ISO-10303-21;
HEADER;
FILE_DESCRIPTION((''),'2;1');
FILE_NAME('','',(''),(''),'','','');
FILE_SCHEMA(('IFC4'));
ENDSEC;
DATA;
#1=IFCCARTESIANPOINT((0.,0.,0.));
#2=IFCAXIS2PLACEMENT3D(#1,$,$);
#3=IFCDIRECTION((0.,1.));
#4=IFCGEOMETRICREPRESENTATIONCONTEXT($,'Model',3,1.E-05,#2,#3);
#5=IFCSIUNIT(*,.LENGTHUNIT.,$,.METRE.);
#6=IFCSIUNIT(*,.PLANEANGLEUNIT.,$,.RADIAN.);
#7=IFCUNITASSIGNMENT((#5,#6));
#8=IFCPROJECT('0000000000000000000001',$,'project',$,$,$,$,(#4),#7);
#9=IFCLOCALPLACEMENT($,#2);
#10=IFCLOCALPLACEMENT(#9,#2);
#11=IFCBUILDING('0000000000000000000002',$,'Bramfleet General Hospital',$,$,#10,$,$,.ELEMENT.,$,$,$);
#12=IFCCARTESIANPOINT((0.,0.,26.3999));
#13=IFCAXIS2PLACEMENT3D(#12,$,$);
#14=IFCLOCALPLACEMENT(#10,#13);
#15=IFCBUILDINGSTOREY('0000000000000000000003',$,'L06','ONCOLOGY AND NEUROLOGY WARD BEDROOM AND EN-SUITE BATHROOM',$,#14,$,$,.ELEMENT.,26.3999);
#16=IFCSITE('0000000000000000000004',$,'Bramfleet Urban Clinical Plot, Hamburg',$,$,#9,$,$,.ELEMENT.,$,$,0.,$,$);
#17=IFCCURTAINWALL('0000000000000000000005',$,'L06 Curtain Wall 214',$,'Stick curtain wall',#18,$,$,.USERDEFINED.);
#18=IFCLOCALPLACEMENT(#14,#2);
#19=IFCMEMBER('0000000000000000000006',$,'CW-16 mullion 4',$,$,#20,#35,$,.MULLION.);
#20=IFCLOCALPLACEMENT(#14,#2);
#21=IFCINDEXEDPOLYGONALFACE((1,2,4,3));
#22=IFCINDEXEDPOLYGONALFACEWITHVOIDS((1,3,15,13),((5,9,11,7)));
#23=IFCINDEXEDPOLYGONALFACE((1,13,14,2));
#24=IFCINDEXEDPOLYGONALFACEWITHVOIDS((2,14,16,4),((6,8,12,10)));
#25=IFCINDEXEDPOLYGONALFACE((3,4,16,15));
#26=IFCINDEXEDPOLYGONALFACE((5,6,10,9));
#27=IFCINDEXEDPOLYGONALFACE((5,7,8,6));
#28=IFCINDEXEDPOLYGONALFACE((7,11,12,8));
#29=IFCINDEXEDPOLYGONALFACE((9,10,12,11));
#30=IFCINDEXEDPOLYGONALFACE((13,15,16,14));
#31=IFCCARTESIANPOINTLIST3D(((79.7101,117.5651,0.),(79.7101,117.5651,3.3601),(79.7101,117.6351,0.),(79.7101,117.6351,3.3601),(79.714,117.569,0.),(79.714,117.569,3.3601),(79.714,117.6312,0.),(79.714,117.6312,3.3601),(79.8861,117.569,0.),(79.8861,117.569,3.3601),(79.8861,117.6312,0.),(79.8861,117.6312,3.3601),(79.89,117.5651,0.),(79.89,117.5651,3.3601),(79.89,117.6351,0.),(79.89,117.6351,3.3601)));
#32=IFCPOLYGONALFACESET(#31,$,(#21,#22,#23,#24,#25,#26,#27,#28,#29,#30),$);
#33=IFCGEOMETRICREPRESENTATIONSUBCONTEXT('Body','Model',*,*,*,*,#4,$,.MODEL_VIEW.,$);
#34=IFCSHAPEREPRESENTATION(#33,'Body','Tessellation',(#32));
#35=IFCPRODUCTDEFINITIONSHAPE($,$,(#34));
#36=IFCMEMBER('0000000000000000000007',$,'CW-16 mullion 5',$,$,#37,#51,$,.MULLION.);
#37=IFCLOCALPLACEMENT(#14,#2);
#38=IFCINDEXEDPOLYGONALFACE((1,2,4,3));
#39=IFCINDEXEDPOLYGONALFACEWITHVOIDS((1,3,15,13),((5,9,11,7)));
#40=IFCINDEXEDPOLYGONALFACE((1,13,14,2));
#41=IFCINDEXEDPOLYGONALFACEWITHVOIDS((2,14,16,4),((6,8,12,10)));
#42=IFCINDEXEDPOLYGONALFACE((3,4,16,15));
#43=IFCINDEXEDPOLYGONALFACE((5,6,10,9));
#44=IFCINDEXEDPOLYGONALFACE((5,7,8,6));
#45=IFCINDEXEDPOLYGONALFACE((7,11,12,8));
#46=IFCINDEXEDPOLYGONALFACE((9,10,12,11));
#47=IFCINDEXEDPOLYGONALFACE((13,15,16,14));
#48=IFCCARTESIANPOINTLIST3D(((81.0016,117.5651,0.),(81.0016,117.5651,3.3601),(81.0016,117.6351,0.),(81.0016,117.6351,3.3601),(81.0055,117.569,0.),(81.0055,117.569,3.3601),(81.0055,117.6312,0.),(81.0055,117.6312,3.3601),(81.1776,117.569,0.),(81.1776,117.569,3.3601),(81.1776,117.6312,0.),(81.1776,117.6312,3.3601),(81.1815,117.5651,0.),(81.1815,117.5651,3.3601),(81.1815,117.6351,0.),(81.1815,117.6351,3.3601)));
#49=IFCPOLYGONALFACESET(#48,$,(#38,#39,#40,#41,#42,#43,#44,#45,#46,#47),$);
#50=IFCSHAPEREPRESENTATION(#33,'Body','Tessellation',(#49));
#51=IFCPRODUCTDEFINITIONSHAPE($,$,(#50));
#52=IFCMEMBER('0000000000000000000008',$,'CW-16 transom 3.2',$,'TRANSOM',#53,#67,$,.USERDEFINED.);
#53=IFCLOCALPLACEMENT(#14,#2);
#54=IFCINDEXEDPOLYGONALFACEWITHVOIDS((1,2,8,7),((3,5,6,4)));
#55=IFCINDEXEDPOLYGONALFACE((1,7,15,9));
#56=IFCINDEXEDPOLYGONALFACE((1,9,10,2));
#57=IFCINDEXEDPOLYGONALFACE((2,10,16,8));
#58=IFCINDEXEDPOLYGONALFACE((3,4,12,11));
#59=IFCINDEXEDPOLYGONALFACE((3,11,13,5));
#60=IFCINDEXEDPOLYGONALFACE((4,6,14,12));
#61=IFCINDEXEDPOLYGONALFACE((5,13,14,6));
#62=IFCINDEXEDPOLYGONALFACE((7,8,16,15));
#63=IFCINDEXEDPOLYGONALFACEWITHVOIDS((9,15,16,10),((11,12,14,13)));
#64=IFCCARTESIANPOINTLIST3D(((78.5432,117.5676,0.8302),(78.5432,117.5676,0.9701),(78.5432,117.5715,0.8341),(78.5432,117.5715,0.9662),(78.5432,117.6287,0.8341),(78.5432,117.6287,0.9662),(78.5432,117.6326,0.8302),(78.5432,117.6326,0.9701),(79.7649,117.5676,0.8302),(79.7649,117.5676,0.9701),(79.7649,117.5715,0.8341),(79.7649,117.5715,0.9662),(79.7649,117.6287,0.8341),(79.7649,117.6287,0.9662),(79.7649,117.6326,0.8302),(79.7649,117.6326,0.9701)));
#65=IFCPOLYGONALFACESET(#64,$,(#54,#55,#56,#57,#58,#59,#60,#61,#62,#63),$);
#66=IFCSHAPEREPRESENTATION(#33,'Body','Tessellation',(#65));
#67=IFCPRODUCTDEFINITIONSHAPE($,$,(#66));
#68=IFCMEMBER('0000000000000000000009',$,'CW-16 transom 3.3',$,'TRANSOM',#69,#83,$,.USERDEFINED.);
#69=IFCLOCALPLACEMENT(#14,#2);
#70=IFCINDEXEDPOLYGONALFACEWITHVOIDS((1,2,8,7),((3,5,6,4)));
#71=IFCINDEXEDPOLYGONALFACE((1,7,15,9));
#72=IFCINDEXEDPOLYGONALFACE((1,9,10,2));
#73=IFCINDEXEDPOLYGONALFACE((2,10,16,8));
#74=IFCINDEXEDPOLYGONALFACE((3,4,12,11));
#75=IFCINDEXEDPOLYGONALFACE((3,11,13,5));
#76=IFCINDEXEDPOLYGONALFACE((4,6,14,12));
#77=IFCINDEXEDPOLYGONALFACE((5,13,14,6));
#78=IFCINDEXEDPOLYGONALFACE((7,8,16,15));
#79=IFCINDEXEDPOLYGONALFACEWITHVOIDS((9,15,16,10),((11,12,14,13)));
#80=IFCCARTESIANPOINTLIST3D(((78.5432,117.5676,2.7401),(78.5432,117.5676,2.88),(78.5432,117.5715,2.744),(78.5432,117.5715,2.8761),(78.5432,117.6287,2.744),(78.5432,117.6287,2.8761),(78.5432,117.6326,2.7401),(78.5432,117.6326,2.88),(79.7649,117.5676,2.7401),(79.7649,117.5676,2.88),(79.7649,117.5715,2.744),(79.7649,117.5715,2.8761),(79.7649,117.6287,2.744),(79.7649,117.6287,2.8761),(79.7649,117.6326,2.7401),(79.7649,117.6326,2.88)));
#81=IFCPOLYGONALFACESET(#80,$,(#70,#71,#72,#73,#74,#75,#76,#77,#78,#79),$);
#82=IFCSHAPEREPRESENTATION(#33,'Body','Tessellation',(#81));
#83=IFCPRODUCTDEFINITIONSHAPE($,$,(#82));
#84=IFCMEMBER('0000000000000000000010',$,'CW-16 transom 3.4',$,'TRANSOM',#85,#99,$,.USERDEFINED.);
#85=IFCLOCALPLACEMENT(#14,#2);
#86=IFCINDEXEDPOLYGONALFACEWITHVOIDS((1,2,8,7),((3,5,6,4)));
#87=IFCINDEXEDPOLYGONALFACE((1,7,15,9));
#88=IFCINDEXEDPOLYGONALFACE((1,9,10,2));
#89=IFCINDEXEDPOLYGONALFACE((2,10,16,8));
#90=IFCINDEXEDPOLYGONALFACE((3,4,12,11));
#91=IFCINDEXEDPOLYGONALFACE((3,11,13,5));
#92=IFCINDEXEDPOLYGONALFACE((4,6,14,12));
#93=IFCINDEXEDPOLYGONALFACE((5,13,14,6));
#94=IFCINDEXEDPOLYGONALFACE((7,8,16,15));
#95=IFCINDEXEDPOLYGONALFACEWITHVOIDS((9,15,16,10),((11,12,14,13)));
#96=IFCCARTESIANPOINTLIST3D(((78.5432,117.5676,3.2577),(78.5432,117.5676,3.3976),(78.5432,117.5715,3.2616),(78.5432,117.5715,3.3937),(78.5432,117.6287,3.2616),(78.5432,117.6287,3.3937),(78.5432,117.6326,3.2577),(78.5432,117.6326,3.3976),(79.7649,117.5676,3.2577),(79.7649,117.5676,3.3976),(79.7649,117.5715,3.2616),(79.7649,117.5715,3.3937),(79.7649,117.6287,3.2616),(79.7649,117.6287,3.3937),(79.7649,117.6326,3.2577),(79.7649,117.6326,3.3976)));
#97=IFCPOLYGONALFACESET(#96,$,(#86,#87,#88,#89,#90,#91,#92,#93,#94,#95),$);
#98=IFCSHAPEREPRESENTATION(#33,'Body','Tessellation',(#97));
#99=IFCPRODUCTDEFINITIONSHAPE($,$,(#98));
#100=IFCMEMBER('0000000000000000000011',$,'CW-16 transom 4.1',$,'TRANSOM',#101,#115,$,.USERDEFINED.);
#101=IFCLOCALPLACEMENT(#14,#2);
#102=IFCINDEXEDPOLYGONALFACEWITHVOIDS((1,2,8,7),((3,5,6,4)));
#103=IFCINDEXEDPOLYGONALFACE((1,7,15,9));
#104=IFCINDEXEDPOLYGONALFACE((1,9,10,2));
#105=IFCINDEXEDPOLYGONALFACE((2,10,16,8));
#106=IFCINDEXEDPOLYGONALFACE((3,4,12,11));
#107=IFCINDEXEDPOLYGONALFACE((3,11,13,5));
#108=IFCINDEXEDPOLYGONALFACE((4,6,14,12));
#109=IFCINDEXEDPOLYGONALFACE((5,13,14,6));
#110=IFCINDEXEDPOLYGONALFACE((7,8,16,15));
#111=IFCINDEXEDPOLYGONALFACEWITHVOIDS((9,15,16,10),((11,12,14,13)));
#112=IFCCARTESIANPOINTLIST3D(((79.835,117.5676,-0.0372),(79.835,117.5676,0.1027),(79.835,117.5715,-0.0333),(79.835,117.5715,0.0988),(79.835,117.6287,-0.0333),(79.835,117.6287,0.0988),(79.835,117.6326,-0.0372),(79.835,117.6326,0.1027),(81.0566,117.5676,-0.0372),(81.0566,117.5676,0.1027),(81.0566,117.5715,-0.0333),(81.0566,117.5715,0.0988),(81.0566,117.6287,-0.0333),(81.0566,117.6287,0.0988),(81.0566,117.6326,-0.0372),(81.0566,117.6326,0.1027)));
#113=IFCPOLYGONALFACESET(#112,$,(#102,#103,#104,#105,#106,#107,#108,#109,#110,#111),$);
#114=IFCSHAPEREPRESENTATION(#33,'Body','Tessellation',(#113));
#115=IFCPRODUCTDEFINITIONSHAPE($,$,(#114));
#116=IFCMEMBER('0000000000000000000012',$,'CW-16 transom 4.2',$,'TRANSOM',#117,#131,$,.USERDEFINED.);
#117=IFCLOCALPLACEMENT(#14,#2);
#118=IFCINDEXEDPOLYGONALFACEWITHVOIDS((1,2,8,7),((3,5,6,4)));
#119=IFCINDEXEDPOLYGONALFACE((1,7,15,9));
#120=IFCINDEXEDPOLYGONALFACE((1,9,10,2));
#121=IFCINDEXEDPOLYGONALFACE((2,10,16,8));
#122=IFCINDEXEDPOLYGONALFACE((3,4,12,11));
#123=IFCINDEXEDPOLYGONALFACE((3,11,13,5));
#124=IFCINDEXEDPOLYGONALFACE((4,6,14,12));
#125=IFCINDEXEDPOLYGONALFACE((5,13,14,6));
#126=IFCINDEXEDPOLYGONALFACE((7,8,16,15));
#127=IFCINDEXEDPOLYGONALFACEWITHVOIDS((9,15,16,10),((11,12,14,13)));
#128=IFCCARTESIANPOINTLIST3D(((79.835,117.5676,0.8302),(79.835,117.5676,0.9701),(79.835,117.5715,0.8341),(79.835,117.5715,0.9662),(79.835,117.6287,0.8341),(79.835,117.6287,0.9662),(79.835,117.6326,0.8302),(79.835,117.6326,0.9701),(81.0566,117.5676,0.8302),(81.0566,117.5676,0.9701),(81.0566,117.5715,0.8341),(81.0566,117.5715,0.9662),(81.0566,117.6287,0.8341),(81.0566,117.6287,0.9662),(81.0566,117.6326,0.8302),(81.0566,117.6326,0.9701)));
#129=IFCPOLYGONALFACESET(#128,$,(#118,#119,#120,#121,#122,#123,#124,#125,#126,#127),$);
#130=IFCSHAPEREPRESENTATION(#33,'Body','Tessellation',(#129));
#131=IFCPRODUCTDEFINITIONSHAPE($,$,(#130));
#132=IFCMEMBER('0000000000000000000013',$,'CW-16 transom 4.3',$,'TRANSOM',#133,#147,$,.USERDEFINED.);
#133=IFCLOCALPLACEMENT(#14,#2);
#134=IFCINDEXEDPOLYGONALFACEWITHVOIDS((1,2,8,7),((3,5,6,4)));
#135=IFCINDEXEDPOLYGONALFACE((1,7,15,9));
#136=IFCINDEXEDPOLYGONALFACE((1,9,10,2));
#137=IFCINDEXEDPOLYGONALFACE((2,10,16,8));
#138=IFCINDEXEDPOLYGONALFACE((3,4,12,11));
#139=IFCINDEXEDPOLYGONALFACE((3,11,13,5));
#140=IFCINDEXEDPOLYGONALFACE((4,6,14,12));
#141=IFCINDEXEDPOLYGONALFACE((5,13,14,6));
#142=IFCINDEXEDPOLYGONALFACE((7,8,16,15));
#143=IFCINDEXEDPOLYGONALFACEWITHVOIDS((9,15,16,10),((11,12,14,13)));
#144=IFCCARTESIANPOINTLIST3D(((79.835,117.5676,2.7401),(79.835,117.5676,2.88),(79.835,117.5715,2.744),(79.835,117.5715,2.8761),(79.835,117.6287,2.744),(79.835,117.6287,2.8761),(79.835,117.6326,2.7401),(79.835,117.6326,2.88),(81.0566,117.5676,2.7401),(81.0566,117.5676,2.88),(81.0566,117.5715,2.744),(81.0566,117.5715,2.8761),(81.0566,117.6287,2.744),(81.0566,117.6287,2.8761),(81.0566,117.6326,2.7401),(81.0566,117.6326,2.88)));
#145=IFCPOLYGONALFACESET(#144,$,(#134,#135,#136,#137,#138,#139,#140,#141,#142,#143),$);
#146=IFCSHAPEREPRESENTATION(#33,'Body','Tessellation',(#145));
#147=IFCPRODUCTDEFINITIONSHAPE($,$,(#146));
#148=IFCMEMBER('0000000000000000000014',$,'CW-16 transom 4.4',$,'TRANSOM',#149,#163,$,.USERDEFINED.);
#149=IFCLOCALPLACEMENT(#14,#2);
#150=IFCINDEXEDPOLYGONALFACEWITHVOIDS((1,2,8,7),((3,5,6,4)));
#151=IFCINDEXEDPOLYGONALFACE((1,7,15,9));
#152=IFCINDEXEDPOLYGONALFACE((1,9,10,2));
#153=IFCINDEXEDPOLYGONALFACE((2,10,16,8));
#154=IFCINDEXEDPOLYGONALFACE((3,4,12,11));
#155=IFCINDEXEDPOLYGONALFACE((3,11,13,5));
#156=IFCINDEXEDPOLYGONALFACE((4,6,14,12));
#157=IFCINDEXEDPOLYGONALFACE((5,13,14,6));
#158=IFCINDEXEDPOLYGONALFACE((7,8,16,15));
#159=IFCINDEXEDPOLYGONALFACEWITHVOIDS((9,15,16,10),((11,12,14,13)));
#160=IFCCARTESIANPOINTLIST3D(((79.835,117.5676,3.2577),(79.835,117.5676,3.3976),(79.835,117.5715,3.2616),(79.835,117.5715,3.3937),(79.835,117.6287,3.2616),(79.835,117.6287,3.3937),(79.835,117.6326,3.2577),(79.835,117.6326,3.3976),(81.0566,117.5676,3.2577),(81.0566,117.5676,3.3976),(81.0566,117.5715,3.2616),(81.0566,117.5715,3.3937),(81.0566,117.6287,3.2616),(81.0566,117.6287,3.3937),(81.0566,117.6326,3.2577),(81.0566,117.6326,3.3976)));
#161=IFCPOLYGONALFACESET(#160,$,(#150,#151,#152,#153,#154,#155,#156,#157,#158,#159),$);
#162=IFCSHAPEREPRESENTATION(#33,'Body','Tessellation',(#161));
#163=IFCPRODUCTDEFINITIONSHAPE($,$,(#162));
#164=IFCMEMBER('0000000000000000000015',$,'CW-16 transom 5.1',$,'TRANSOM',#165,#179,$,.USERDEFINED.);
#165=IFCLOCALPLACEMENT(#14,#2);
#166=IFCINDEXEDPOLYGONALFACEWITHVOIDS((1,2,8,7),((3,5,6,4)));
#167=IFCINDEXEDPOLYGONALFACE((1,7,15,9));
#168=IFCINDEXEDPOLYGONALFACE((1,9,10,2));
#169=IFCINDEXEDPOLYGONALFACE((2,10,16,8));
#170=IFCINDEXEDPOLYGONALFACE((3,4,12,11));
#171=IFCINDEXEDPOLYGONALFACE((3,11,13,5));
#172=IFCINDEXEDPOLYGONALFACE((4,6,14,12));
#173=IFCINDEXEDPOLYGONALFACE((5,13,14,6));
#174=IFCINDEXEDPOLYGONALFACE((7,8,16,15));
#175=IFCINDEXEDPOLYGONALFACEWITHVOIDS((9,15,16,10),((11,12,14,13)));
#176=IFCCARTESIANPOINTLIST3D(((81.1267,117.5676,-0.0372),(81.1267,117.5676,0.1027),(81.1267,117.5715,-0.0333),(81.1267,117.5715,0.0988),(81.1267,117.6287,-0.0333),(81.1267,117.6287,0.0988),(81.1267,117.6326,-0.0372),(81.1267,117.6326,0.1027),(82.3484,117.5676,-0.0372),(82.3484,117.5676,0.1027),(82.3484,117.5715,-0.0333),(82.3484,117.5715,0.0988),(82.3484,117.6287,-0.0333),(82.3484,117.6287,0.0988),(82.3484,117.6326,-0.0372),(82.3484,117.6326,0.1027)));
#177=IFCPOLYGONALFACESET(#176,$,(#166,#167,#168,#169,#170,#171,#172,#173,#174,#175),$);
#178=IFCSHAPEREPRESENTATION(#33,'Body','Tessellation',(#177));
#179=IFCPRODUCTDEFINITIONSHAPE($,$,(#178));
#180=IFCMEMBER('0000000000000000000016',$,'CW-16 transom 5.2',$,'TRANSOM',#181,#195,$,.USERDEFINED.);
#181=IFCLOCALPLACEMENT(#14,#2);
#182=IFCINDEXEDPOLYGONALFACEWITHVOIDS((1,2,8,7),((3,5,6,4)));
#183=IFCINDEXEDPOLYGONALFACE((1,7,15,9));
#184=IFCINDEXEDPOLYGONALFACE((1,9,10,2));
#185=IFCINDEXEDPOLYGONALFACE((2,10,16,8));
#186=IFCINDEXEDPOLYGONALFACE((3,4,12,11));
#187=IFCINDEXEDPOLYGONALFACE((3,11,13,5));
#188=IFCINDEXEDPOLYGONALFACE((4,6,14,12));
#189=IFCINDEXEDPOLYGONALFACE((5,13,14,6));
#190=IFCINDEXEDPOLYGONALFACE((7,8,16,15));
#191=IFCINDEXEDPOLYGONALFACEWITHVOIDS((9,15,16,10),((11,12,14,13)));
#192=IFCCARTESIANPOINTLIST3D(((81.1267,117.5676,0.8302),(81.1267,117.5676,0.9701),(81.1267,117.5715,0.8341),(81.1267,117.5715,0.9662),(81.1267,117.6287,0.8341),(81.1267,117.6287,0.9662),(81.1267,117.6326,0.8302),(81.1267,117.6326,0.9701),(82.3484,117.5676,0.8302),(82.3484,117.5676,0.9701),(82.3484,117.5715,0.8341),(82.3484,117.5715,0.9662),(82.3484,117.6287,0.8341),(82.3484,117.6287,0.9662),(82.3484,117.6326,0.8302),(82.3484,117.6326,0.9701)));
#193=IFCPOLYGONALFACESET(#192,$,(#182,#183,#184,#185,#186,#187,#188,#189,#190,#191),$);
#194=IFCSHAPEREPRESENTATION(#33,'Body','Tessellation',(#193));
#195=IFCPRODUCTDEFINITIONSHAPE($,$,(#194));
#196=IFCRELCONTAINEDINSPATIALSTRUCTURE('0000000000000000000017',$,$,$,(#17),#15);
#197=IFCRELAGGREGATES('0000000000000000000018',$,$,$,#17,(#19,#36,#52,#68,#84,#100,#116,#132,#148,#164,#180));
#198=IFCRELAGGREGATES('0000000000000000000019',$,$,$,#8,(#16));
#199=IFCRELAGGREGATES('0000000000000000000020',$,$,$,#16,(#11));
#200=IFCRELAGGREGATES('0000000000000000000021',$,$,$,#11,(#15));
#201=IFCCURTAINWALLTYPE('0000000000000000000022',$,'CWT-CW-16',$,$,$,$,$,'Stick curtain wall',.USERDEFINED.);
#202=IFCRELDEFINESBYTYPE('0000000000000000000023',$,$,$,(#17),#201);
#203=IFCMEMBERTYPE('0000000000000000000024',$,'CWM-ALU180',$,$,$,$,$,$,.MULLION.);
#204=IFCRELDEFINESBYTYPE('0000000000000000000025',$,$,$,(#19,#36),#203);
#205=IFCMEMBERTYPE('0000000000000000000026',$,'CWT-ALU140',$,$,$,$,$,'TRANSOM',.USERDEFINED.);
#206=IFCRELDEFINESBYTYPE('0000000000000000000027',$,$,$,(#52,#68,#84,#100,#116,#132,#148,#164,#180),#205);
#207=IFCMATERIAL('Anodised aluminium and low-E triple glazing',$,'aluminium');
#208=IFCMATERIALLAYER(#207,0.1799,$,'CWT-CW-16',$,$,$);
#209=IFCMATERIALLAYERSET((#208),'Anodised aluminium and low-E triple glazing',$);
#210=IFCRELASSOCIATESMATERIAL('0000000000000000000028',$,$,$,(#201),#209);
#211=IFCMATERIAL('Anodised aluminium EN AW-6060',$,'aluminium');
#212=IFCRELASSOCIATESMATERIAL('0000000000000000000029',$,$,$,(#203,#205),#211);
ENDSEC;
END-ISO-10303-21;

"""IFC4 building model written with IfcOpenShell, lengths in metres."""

from ifc_helpers import new_model, si_unit, direction, frame, origin, origin_2d, place, context, subcontext, project, spatial, hollow_rectangle, extrude, material, layer, layer_set, material_profile, profile_set, type_object, element, aggregate, save


model = new_model("IFC4")

# Units and contexts
model_context = context("Model", 3, precision=1e-05, world=origin(), true_north=direction((0.0, 1.0)))
body_context = subcontext(model_context, "Body", "Model", "MODEL_VIEW")
ifc_project = project(units=[si_unit("LENGTHUNIT", "METRE"), si_unit("PLANEANGLEUNIT", "RADIAN")], contexts=[model_context])

# Site, building, storey
site_placement = place(None, origin())
site = spatial("IfcSite", under=ifc_project, at=site_placement, Name="Bramfleet Urban Clinical Plot, Hamburg", CompositionType="ELEMENT", RefElevation=0.0)
building_placement = place(site_placement, origin())
building = spatial("IfcBuilding", under=site, at=building_placement, Name="Bramfleet General Hospital", CompositionType="ELEMENT")
storey_placement = place(building_placement, frame((0.0, 0.0, 26.3999)))
storey = spatial("IfcBuildingStorey", under=building, at=storey_placement, Name="L06", Description="ONCOLOGY AND NEUROLOGY WARD BEDROOM AND EN-SUITE BATHROOM", CompositionType="ELEMENT", Elevation=26.3999)

# Curtain wall, members
ifc_material_1 = material(Name="Anodised aluminium and low-E triple glazing", Category="aluminium")
ifc_layer_1 = layer(ifc_material_1, 0.1799, Name="CWT-CW-16")
ifc_layer_set_1 = layer_set([ifc_layer_1], Name="Anodised aluminium and low-E triple glazing")
curtain_wall_type = type_object("IfcCurtainWallType", Name="CWT-CW-16", ElementType="Stick curtain wall", PredefinedType="USERDEFINED", material=ifc_layer_set_1)
curtain_wall_placement = place(storey_placement, origin())
curtain_wall = element("IfcCurtainWall", 1, at=curtain_wall_placement, inside=storey, type_object=curtain_wall_type, Name="L06 Curtain Wall 214", ObjectType="Stick curtain wall", PredefinedType="USERDEFINED")
ifc_material_2 = material(Name="Anodised aluminium EN AW-6060", Category="aluminium")
ifc_material_profile_1 = material_profile(ifc_material_2, hollow_rectangle(XDim=0.0701, YDim=0.1799, WallThickness=0.0039, at=origin_2d()), Name="ALU 180x70x4.0")
ifc_profile_set_1 = profile_set([ifc_material_profile_1], Name="Anodised aluminium EN AW-6060")
member_type_1 = type_object("IfcMemberType", Name="CWM-ALU180", PredefinedType="MULLION", material=ifc_profile_set_1)
member_1_placement = place(storey_placement, frame((79.8, 117.6001, 0.0), z_axis=(0.0, 0.0, 1.0), x_axis=(0.0, 1.0, 0.0)))
member_1 = element("IfcMember", 2, at=member_1_placement, type_object=member_type_1, Name="CW-16 mullion 4", PredefinedType="MULLION", context=body_context, shape_type="SweptSolid", body=[
    extrude(hollow_rectangle(XDim=0.0701, YDim=0.1799, WallThickness=0.0039, at=origin_2d()), origin(), (0.0, 0.0, 1.0), 3.3601),
])
member_2_placement = place(storey_placement, frame((81.0916, 117.6001, 0.0), z_axis=(0.0, 0.0, 1.0), x_axis=(0.0, 1.0, 0.0)))
member_2 = element("IfcMember", 3, at=member_2_placement, type_object=member_type_1, Name="CW-16 mullion 5", PredefinedType="MULLION", context=body_context, shape_type="SweptSolid", body=[
    extrude(hollow_rectangle(XDim=0.0701, YDim=0.1799, WallThickness=0.0039, at=origin_2d()), origin(), (0.0, 0.0, 1.0), 3.3601),
])
ifc_material_profile_2 = material_profile(ifc_material_2, hollow_rectangle(XDim=0.0649, YDim=0.1399, WallThickness=0.0039, at=origin_2d()), Name="ALU 140x65x4.0")
ifc_profile_set_2 = profile_set([ifc_material_profile_2], Name="Anodised aluminium EN AW-6060")
member_type_2 = type_object("IfcMemberType", Name="CWT-ALU140", ElementType="TRANSOM", PredefinedType="USERDEFINED", material=ifc_profile_set_2)
member_3_placement = place(storey_placement, frame((78.5432, 117.6001, 0.9001), z_axis=(1.0, 0.0, 0.0), x_axis=(0.0, 1.0, 0.0)))
member_3 = element("IfcMember", 4, at=member_3_placement, type_object=member_type_2, Name="CW-16 transom 3.2", ObjectType="TRANSOM", PredefinedType="USERDEFINED", context=body_context, shape_type="SweptSolid", body=[
    extrude(hollow_rectangle(XDim=0.0649, YDim=0.1399, WallThickness=0.0039, at=origin_2d()), origin(), (0.0, 0.0, 1.0), 1.2217),
])
member_4_placement = place(storey_placement, frame((78.5432, 117.6001, 2.8101), z_axis=(1.0, 0.0, 0.0), x_axis=(0.0, 1.0, 0.0)))
member_4 = element("IfcMember", 5, at=member_4_placement, type_object=member_type_2, Name="CW-16 transom 3.3", ObjectType="TRANSOM", PredefinedType="USERDEFINED", context=body_context, shape_type="SweptSolid", body=[
    extrude(hollow_rectangle(XDim=0.0649, YDim=0.1399, WallThickness=0.0039, at=origin_2d()), origin(), (0.0, 0.0, 1.0), 1.2217),
])
member_5_placement = place(storey_placement, frame((78.5432, 117.6001, 3.3276), z_axis=(1.0, 0.0, 0.0), x_axis=(0.0, 1.0, 0.0)))
member_5 = element("IfcMember", 6, at=member_5_placement, type_object=member_type_2, Name="CW-16 transom 3.4", ObjectType="TRANSOM", PredefinedType="USERDEFINED", context=body_context, shape_type="SweptSolid", body=[
    extrude(hollow_rectangle(XDim=0.0649, YDim=0.1399, WallThickness=0.0039, at=origin_2d()), origin(), (0.0, 0.0, 1.0), 1.2217),
])
member_6_placement = place(storey_placement, frame((79.835, 117.6001, 0.0327), z_axis=(1.0, 0.0, 0.0), x_axis=(0.0, 1.0, 0.0)))
member_6 = element("IfcMember", 7, at=member_6_placement, type_object=member_type_2, Name="CW-16 transom 4.1", ObjectType="TRANSOM", PredefinedType="USERDEFINED", context=body_context, shape_type="SweptSolid", body=[
    extrude(hollow_rectangle(XDim=0.0649, YDim=0.1399, WallThickness=0.0039, at=origin_2d()), origin(), (0.0, 0.0, 1.0), 1.2217),
])
member_7_placement = place(storey_placement, frame((79.835, 117.6001, 0.9001), z_axis=(1.0, 0.0, 0.0), x_axis=(0.0, 1.0, 0.0)))
member_7 = element("IfcMember", 8, at=member_7_placement, type_object=member_type_2, Name="CW-16 transom 4.2", ObjectType="TRANSOM", PredefinedType="USERDEFINED", context=body_context, shape_type="SweptSolid", body=[
    extrude(hollow_rectangle(XDim=0.0649, YDim=0.1399, WallThickness=0.0039, at=origin_2d()), origin(), (0.0, 0.0, 1.0), 1.2217),
])
member_8_placement = place(storey_placement, frame((79.835, 117.6001, 2.8101), z_axis=(1.0, 0.0, 0.0), x_axis=(0.0, 1.0, 0.0)))
member_8 = element("IfcMember", 9, at=member_8_placement, type_object=member_type_2, Name="CW-16 transom 4.3", ObjectType="TRANSOM", PredefinedType="USERDEFINED", context=body_context, shape_type="SweptSolid", body=[
    extrude(hollow_rectangle(XDim=0.0649, YDim=0.1399, WallThickness=0.0039, at=origin_2d()), origin(), (0.0, 0.0, 1.0), 1.2217),
])
member_9_placement = place(storey_placement, frame((79.835, 117.6001, 3.3276), z_axis=(1.0, 0.0, 0.0), x_axis=(0.0, 1.0, 0.0)))
member_9 = element("IfcMember", 10, at=member_9_placement, type_object=member_type_2, Name="CW-16 transom 4.4", ObjectType="TRANSOM", PredefinedType="USERDEFINED", context=body_context, shape_type="SweptSolid", body=[
    extrude(hollow_rectangle(XDim=0.0649, YDim=0.1399, WallThickness=0.0039, at=origin_2d()), origin(), (0.0, 0.0, 1.0), 1.2217),
])
member_10_placement = place(storey_placement, frame((81.1267, 117.6001, 0.0327), z_axis=(1.0, 0.0, 0.0), x_axis=(0.0, 1.0, 0.0)))
member_10 = element("IfcMember", 11, at=member_10_placement, type_object=member_type_2, Name="CW-16 transom 5.1", ObjectType="TRANSOM", PredefinedType="USERDEFINED", context=body_context, shape_type="SweptSolid", body=[
    extrude(hollow_rectangle(XDim=0.0649, YDim=0.1399, WallThickness=0.0039, at=origin_2d()), origin(), (0.0, 0.0, 1.0), 1.2217),
])
member_11_placement = place(storey_placement, frame((81.1267, 117.6001, 0.9001), z_axis=(1.0, 0.0, 0.0), x_axis=(0.0, 1.0, 0.0)))
member_11 = element("IfcMember", 12, at=member_11_placement, type_object=member_type_2, Name="CW-16 transom 5.2", ObjectType="TRANSOM", PredefinedType="USERDEFINED", context=body_context, shape_type="SweptSolid", body=[
    extrude(hollow_rectangle(XDim=0.0649, YDim=0.1399, WallThickness=0.0039, at=origin_2d()), origin(), (0.0, 0.0, 1.0), 1.2217),
])
aggregate(curtain_wall, [member_1, member_2, member_3, member_4, member_5, member_6, member_7, member_8, member_9, member_10, member_11])

save(model, "model.ifc")
